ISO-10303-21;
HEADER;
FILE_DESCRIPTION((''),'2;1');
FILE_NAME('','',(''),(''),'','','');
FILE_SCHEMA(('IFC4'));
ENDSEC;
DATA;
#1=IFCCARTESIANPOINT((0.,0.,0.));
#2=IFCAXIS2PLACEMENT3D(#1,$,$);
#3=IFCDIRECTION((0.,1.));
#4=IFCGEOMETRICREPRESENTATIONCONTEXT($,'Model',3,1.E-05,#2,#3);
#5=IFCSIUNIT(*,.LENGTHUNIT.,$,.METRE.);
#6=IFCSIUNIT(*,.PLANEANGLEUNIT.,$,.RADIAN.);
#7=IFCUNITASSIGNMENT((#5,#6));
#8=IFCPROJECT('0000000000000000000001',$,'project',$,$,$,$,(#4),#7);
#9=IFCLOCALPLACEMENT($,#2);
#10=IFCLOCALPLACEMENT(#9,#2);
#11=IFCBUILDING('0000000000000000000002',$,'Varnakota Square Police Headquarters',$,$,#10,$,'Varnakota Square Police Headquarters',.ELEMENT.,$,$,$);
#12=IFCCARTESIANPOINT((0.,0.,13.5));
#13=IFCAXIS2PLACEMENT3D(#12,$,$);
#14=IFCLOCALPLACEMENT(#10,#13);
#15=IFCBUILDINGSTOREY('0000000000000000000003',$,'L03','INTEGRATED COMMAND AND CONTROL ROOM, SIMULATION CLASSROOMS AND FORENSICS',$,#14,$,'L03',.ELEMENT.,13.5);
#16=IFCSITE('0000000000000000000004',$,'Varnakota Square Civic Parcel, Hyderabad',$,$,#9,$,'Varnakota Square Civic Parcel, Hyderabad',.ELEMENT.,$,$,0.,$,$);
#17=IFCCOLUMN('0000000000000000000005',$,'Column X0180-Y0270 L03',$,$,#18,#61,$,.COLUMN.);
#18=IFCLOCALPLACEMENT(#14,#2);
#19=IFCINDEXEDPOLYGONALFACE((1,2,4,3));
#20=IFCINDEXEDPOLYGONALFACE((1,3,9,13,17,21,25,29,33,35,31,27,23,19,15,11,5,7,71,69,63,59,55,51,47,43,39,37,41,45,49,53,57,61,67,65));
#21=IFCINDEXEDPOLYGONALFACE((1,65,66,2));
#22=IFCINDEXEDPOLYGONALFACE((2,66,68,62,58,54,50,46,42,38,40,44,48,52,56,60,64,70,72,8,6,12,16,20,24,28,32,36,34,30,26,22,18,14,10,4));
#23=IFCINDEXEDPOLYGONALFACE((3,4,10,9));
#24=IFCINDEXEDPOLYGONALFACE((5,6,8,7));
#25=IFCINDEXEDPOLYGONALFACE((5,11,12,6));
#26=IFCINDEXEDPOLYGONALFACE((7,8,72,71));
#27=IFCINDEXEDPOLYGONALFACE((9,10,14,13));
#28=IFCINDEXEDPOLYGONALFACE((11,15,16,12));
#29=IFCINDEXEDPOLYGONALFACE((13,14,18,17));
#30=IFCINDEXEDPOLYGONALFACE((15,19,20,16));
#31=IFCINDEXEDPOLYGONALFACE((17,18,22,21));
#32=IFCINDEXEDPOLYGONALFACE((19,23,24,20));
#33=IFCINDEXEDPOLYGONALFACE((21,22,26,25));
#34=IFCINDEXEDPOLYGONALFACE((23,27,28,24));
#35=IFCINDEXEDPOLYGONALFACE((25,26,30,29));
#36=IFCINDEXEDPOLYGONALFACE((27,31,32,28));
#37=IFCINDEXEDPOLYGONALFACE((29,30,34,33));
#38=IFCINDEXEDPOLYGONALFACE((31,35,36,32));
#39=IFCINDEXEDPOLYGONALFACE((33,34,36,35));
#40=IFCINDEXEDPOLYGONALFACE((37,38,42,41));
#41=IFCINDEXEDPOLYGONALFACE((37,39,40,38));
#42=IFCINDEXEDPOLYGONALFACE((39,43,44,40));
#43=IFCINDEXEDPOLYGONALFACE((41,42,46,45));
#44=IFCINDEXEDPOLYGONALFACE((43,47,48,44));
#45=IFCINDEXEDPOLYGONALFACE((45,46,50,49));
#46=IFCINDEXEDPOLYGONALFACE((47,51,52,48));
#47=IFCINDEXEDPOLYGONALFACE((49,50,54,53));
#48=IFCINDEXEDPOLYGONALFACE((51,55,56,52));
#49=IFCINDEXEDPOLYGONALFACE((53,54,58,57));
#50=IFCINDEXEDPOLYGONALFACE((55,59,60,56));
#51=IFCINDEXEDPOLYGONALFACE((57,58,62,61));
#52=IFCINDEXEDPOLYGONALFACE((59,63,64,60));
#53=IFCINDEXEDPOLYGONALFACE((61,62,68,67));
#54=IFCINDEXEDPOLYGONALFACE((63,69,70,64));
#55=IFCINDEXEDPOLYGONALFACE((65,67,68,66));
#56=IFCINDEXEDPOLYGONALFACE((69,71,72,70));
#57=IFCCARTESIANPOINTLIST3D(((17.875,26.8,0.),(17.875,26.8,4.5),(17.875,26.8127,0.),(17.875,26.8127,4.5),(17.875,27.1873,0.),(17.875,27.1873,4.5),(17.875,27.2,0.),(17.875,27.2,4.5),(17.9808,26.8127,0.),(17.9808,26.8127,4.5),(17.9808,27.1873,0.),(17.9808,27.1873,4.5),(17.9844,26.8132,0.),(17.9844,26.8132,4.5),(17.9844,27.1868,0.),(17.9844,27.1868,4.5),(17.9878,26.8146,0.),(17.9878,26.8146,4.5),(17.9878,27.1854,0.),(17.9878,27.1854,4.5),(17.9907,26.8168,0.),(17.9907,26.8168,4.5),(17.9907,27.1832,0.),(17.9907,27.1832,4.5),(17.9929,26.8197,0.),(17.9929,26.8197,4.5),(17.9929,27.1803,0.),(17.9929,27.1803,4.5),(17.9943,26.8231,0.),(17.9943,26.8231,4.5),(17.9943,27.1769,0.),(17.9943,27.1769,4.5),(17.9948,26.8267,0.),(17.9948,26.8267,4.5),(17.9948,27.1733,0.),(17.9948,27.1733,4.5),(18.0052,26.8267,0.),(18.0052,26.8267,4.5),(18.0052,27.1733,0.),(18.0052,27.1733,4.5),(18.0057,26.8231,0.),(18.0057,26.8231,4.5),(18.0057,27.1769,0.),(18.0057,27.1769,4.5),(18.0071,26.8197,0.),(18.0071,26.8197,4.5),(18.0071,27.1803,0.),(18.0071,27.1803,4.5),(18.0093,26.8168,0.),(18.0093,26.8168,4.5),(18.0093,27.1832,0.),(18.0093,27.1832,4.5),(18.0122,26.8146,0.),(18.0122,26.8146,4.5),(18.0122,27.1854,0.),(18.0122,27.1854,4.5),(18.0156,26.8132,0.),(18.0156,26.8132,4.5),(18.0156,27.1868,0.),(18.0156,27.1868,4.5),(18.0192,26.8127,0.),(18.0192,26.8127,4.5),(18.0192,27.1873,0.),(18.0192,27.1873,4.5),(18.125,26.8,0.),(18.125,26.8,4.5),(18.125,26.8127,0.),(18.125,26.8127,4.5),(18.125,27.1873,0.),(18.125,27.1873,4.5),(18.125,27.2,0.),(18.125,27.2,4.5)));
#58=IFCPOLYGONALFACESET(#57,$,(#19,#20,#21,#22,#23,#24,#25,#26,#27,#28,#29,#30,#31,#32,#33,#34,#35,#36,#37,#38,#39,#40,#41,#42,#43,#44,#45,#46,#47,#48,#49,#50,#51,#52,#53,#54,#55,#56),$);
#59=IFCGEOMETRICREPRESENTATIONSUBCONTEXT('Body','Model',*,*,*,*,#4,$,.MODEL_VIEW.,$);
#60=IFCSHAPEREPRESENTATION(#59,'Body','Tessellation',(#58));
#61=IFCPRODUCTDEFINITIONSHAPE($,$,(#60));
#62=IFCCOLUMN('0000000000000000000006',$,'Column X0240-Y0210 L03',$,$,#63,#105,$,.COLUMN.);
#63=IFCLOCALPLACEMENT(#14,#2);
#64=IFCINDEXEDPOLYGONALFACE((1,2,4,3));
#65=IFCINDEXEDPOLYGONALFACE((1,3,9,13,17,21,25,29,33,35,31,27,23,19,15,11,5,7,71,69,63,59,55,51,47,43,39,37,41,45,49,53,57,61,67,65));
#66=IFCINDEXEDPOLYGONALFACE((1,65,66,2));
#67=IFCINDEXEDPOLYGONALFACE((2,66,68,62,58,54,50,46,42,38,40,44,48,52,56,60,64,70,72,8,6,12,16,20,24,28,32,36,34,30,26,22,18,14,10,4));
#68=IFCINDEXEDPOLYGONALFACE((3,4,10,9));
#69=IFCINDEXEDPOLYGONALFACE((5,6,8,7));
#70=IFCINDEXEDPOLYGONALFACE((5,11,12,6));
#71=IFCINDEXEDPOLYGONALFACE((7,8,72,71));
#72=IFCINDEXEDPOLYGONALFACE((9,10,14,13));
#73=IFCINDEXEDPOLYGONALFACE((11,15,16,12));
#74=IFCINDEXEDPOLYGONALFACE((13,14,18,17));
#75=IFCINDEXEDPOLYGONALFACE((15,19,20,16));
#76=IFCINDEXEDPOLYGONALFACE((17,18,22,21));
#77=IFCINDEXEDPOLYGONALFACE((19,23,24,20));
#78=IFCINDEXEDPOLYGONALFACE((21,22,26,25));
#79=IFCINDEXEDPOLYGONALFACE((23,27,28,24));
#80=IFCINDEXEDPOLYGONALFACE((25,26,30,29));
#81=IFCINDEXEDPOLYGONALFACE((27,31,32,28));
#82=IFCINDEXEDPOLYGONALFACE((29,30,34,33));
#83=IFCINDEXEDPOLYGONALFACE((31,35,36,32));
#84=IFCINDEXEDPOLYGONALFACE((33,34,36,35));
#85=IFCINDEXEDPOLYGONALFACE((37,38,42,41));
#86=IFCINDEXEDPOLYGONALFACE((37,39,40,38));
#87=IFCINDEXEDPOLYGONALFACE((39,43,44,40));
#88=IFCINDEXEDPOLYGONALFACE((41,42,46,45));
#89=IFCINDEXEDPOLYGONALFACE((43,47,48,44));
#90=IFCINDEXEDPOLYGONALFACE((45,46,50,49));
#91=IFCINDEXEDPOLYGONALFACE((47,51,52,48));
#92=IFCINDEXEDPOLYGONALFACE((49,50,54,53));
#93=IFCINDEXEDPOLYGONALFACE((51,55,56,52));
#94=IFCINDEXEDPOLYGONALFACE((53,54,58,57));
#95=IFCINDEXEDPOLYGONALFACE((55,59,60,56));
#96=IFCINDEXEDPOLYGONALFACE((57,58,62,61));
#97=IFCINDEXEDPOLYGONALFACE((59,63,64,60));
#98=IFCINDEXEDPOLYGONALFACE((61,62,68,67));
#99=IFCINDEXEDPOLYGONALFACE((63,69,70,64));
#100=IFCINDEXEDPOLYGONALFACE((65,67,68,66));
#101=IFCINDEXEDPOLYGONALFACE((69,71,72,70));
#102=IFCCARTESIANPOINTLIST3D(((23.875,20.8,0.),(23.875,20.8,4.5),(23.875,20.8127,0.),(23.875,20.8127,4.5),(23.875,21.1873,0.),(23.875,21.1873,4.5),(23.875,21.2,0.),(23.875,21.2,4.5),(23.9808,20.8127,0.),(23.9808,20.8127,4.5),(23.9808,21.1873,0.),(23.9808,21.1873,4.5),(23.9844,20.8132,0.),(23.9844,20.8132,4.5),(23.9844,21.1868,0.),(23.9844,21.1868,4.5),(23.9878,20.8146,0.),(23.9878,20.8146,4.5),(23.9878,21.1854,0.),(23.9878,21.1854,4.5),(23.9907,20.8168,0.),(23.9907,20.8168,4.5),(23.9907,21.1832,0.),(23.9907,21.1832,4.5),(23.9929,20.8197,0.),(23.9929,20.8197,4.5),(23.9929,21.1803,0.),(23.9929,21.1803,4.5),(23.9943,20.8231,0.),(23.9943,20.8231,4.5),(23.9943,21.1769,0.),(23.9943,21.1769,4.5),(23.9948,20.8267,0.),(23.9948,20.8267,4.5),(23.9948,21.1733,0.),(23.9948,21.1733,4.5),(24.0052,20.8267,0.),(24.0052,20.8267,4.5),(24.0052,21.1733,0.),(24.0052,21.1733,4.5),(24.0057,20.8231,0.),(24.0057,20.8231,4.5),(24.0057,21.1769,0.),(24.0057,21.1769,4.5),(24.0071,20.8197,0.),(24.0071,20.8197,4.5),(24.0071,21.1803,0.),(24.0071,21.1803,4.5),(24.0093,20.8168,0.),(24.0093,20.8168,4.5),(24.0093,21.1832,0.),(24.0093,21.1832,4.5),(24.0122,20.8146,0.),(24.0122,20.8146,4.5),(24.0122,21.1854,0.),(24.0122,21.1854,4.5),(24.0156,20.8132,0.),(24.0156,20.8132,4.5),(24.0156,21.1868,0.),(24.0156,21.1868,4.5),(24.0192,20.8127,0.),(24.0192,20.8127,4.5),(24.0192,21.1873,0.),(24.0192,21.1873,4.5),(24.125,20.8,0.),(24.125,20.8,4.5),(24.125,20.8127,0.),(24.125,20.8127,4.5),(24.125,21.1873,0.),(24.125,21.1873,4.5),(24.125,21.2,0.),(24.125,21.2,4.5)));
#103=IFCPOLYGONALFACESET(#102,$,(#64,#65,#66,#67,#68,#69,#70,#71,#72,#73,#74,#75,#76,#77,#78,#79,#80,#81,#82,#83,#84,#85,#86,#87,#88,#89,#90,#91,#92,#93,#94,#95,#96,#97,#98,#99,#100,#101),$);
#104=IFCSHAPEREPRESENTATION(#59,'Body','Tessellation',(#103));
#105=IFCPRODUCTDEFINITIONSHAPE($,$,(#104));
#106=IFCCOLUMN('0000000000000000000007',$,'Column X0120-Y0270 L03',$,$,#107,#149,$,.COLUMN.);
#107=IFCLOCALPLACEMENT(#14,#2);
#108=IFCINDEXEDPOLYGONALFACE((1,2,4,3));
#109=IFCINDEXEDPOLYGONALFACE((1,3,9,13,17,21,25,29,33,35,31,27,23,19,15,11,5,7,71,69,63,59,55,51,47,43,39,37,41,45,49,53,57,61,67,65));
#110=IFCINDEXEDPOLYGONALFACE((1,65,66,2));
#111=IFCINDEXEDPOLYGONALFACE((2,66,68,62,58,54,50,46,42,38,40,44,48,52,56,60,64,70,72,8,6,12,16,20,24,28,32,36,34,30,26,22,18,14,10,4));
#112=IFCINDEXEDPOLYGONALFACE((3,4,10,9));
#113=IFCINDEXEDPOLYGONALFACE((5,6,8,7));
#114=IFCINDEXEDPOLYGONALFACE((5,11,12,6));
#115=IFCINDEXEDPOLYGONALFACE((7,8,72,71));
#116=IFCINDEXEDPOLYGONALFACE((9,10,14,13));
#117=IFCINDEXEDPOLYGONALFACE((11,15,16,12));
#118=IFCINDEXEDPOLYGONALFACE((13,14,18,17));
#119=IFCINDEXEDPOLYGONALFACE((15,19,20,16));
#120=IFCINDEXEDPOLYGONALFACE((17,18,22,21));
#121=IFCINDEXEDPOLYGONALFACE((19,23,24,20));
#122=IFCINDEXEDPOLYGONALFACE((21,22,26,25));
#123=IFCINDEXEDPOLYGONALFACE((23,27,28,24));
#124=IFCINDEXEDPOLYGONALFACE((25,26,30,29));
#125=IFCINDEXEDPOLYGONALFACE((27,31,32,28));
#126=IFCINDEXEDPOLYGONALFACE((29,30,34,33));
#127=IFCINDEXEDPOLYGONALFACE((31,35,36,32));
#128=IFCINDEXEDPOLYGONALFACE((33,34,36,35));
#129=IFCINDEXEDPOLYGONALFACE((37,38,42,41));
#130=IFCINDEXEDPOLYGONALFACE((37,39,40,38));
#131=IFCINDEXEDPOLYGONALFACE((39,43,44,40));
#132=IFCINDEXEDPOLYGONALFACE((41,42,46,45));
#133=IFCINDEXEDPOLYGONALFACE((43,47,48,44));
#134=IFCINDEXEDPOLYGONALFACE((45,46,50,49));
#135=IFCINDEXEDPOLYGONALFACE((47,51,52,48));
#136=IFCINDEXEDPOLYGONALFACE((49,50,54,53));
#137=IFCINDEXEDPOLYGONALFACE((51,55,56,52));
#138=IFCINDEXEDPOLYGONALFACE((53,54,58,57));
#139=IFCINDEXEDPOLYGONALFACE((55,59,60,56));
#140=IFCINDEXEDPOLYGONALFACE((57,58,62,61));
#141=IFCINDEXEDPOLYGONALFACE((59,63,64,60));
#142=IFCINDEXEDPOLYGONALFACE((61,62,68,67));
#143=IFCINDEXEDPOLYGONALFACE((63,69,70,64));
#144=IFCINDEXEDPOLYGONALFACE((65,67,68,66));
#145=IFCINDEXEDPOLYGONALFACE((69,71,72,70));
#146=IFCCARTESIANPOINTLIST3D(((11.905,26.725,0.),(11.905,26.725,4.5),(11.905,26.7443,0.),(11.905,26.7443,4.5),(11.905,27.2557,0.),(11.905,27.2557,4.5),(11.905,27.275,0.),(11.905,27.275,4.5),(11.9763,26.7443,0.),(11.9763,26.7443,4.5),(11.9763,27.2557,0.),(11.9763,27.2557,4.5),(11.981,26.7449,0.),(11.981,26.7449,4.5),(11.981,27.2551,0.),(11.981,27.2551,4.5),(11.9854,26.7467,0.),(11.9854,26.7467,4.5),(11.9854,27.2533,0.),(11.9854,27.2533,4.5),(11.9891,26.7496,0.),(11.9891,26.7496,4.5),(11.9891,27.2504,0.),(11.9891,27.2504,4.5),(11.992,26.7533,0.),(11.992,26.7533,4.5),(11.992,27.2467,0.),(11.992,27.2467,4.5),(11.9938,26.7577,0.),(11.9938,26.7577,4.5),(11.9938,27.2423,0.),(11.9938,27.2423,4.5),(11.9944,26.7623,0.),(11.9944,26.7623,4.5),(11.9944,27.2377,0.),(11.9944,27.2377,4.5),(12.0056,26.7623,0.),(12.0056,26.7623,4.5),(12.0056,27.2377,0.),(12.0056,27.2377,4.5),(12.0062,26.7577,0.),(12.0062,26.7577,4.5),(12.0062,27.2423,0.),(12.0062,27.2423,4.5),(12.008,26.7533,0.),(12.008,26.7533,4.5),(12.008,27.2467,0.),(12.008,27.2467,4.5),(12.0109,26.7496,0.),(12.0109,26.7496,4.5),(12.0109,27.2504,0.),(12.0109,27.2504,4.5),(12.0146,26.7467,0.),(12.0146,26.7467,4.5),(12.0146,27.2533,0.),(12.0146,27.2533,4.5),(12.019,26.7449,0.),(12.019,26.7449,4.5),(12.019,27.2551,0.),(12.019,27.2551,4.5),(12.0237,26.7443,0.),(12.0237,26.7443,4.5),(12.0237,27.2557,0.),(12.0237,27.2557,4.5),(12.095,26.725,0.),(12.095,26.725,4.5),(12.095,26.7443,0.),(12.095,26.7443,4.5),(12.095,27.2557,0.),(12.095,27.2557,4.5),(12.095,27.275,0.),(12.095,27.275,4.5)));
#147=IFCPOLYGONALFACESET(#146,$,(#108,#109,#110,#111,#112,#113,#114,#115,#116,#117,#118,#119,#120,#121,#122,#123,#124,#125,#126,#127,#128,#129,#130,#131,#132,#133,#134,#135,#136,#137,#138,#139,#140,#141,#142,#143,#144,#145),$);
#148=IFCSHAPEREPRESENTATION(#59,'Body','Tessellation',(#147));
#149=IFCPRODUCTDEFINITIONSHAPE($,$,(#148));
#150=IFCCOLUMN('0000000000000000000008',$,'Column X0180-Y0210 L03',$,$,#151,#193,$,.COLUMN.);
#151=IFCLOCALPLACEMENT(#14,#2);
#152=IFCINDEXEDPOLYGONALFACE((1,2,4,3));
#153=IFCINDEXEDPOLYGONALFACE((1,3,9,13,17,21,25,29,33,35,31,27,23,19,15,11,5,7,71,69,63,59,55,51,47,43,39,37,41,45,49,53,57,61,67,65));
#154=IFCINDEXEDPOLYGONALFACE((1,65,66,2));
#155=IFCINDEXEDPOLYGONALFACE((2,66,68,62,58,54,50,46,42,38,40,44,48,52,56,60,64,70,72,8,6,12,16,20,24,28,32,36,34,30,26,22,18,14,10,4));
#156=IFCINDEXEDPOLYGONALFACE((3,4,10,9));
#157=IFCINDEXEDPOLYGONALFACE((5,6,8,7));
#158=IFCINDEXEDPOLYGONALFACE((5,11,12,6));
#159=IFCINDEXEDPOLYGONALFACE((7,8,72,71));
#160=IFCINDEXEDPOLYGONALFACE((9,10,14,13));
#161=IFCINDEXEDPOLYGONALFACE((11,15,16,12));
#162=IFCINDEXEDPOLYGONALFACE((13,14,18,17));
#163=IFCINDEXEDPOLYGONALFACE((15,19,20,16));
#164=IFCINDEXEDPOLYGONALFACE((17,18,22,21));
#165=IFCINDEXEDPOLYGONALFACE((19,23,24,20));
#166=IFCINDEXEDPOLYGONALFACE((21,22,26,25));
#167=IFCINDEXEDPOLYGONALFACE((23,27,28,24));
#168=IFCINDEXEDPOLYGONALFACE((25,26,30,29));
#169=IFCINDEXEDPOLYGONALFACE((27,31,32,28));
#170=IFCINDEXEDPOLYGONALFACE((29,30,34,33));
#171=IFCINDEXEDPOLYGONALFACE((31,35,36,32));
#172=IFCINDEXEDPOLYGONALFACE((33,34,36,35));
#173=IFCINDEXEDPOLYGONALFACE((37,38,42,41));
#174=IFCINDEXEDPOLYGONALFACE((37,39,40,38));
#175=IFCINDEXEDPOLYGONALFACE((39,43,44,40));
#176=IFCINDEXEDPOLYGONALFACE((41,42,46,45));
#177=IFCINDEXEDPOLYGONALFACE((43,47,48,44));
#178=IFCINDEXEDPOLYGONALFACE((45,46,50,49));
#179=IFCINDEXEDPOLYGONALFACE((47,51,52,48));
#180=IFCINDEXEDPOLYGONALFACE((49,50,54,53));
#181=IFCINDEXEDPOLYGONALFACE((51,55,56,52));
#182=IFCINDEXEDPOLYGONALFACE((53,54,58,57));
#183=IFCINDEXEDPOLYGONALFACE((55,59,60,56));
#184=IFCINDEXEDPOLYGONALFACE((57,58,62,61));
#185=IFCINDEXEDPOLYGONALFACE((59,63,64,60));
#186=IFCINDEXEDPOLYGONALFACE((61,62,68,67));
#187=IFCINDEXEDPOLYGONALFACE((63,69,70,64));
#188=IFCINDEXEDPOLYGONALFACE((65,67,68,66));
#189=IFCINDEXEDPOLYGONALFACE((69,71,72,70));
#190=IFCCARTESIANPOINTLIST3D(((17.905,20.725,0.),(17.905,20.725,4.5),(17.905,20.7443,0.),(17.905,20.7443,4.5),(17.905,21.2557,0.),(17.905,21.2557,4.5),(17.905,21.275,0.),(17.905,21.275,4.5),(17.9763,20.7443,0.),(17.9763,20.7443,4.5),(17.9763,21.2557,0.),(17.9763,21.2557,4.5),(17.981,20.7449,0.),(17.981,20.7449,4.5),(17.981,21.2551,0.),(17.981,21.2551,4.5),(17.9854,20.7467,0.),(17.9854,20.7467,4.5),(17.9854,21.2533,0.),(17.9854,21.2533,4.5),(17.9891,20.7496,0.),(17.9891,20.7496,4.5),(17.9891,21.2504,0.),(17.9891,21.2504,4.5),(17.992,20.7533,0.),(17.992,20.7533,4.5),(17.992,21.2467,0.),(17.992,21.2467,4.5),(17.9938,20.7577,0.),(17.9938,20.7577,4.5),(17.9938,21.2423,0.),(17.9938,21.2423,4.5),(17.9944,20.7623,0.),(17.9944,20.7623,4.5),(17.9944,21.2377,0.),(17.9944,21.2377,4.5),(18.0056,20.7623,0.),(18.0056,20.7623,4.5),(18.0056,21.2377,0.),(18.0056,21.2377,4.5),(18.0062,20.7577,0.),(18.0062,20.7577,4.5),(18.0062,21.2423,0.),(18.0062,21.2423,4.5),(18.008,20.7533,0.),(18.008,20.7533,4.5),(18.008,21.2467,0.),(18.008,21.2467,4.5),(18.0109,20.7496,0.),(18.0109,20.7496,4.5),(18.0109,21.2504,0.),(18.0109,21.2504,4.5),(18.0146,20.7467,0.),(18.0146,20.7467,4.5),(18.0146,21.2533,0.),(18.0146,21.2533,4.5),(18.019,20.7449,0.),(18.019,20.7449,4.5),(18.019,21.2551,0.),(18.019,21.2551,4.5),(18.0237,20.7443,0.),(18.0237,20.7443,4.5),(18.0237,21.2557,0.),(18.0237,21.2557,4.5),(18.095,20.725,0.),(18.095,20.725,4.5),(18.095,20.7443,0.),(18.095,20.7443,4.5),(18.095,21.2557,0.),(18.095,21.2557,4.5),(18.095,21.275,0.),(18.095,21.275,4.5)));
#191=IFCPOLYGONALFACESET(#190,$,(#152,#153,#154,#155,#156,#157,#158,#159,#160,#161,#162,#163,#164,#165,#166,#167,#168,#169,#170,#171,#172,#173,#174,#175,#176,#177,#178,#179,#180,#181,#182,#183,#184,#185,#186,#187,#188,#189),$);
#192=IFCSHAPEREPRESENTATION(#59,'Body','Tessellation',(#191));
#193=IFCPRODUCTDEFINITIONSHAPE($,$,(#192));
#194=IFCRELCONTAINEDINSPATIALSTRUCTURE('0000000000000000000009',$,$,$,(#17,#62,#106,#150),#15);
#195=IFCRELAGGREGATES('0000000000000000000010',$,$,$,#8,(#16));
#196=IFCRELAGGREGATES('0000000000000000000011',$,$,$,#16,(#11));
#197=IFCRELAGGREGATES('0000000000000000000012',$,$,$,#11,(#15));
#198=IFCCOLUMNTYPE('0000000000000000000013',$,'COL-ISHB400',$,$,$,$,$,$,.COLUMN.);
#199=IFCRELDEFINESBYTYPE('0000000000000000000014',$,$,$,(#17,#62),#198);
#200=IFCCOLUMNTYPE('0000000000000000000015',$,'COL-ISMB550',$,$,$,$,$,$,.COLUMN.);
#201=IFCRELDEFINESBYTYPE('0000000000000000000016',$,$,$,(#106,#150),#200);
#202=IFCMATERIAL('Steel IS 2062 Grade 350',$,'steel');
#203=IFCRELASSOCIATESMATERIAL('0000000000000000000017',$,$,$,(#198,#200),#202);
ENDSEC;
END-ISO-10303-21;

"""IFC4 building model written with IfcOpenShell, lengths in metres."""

from ifc_helpers import new_model, si_unit, direction, frame, origin, origin_2d, place, context, subcontext, project, spatial, i_section, extrude, material, material_profile, profile_set, type_object, element, save


model = new_model("IFC4")

# Units and contexts
model_context = context("Model", 3, precision=1e-05, world=origin(), true_north=direction((0.0, 1.0)))
body_context = subcontext(model_context, "Body", "Model", "MODEL_VIEW")
ifc_project = project(units=[si_unit("LENGTHUNIT", "METRE"), si_unit("PLANEANGLEUNIT", "RADIAN")], contexts=[model_context])

# Site, building, storey
site_placement = place(None, origin())
site = spatial("IfcSite", under=ifc_project, at=site_placement, Name="Varnakota Square Civic Parcel, Hyderabad", LongName="Varnakota Square Civic Parcel, Hyderabad", CompositionType="ELEMENT", RefElevation=0.0)
building_placement = place(site_placement, origin())
building = spatial("IfcBuilding", under=site, at=building_placement, Name="Varnakota Square Police Headquarters", LongName="Varnakota Square Police Headquarters", CompositionType="ELEMENT")
storey_placement = place(building_placement, frame((0.0, 0.0, 13.5)))
storey = spatial("IfcBuildingStorey", under=building, at=storey_placement, Name="L03", Description="INTEGRATED COMMAND AND CONTROL ROOM, SIMULATION CLASSROOMS AND FORENSICS", LongName="L03", CompositionType="ELEMENT", Elevation=13.5)

# Columns
ifc_material_1 = material(Name="Steel IS 2062 Grade 350", Category="steel")
ifc_material_profile_1 = material_profile(ifc_material_1, i_section(OverallWidth=0.25, OverallDepth=0.3999, WebThickness=0.0105, FlangeThickness=0.0127, FilletRadius=0.0139, at=origin_2d()), Name="ISHB 400")
ifc_profile_set_1 = profile_set([ifc_material_profile_1], Name="Steel IS 2062 Grade 350")
column_type_1 = type_object("IfcColumnType", Name="COL-ISHB400", PredefinedType="COLUMN", material=ifc_profile_set_1)
for number, where, z_axis, x_axis, name in (
    (1, (18.0, 27.0, 0.0), (0.0, 0.0, 1.0), (1.0, 0.0, 0.0), "Column X0180-Y0270 L03"),
    (2, (24.0, 21.0, 0.0), (0.0, 0.0, 1.0), (1.0, 0.0, 0.0), "Column X0240-Y0210 L03"),
):
    element("IfcColumn", number, at=place(storey_placement, frame(where, z_axis=z_axis, x_axis=x_axis)), inside=storey, type_object=column_type_1, Name=name, PredefinedType="COLUMN", context=body_context, shape_type="SweptSolid", body=[
        extrude(i_section(OverallWidth=0.25, OverallDepth=0.3999, WebThickness=0.0105, FlangeThickness=0.0127, FilletRadius=0.0139, at=origin_2d()), origin(), (0.0, 0.0, 1.0), 4.5),
    ])
ifc_material_profile_2 = material_profile(ifc_material_1, i_section(OverallWidth=0.1899, OverallDepth=0.55, WebThickness=0.0112, FlangeThickness=0.0193, FilletRadius=0.0181, at=origin_2d()), Name="ISMB 550")
ifc_profile_set_2 = profile_set([ifc_material_profile_2], Name="Steel IS 2062 Grade 350")
column_type_2 = type_object("IfcColumnType", Name="COL-ISMB550", PredefinedType="COLUMN", material=ifc_profile_set_2)
for number, where, z_axis, x_axis, name in (
    (3, (12.0, 27.0, 0.0), (0.0, 0.0, 1.0), (1.0, 0.0, 0.0), "Column X0120-Y0270 L03"),
    (4, (18.0, 21.0, 0.0), (0.0, 0.0, 1.0), (1.0, 0.0, 0.0), "Column X0180-Y0210 L03"),
):
    element("IfcColumn", number, at=place(storey_placement, frame(where, z_axis=z_axis, x_axis=x_axis)), inside=storey, type_object=column_type_2, Name=name, PredefinedType="COLUMN", context=body_context, shape_type="SweptSolid", body=[
        extrude(i_section(OverallWidth=0.1899, OverallDepth=0.55, WebThickness=0.0112, FlangeThickness=0.0193, FilletRadius=0.0181, at=origin_2d()), origin(), (0.0, 0.0, 1.0), 4.5),
    ])

save(model, "model.ifc")
